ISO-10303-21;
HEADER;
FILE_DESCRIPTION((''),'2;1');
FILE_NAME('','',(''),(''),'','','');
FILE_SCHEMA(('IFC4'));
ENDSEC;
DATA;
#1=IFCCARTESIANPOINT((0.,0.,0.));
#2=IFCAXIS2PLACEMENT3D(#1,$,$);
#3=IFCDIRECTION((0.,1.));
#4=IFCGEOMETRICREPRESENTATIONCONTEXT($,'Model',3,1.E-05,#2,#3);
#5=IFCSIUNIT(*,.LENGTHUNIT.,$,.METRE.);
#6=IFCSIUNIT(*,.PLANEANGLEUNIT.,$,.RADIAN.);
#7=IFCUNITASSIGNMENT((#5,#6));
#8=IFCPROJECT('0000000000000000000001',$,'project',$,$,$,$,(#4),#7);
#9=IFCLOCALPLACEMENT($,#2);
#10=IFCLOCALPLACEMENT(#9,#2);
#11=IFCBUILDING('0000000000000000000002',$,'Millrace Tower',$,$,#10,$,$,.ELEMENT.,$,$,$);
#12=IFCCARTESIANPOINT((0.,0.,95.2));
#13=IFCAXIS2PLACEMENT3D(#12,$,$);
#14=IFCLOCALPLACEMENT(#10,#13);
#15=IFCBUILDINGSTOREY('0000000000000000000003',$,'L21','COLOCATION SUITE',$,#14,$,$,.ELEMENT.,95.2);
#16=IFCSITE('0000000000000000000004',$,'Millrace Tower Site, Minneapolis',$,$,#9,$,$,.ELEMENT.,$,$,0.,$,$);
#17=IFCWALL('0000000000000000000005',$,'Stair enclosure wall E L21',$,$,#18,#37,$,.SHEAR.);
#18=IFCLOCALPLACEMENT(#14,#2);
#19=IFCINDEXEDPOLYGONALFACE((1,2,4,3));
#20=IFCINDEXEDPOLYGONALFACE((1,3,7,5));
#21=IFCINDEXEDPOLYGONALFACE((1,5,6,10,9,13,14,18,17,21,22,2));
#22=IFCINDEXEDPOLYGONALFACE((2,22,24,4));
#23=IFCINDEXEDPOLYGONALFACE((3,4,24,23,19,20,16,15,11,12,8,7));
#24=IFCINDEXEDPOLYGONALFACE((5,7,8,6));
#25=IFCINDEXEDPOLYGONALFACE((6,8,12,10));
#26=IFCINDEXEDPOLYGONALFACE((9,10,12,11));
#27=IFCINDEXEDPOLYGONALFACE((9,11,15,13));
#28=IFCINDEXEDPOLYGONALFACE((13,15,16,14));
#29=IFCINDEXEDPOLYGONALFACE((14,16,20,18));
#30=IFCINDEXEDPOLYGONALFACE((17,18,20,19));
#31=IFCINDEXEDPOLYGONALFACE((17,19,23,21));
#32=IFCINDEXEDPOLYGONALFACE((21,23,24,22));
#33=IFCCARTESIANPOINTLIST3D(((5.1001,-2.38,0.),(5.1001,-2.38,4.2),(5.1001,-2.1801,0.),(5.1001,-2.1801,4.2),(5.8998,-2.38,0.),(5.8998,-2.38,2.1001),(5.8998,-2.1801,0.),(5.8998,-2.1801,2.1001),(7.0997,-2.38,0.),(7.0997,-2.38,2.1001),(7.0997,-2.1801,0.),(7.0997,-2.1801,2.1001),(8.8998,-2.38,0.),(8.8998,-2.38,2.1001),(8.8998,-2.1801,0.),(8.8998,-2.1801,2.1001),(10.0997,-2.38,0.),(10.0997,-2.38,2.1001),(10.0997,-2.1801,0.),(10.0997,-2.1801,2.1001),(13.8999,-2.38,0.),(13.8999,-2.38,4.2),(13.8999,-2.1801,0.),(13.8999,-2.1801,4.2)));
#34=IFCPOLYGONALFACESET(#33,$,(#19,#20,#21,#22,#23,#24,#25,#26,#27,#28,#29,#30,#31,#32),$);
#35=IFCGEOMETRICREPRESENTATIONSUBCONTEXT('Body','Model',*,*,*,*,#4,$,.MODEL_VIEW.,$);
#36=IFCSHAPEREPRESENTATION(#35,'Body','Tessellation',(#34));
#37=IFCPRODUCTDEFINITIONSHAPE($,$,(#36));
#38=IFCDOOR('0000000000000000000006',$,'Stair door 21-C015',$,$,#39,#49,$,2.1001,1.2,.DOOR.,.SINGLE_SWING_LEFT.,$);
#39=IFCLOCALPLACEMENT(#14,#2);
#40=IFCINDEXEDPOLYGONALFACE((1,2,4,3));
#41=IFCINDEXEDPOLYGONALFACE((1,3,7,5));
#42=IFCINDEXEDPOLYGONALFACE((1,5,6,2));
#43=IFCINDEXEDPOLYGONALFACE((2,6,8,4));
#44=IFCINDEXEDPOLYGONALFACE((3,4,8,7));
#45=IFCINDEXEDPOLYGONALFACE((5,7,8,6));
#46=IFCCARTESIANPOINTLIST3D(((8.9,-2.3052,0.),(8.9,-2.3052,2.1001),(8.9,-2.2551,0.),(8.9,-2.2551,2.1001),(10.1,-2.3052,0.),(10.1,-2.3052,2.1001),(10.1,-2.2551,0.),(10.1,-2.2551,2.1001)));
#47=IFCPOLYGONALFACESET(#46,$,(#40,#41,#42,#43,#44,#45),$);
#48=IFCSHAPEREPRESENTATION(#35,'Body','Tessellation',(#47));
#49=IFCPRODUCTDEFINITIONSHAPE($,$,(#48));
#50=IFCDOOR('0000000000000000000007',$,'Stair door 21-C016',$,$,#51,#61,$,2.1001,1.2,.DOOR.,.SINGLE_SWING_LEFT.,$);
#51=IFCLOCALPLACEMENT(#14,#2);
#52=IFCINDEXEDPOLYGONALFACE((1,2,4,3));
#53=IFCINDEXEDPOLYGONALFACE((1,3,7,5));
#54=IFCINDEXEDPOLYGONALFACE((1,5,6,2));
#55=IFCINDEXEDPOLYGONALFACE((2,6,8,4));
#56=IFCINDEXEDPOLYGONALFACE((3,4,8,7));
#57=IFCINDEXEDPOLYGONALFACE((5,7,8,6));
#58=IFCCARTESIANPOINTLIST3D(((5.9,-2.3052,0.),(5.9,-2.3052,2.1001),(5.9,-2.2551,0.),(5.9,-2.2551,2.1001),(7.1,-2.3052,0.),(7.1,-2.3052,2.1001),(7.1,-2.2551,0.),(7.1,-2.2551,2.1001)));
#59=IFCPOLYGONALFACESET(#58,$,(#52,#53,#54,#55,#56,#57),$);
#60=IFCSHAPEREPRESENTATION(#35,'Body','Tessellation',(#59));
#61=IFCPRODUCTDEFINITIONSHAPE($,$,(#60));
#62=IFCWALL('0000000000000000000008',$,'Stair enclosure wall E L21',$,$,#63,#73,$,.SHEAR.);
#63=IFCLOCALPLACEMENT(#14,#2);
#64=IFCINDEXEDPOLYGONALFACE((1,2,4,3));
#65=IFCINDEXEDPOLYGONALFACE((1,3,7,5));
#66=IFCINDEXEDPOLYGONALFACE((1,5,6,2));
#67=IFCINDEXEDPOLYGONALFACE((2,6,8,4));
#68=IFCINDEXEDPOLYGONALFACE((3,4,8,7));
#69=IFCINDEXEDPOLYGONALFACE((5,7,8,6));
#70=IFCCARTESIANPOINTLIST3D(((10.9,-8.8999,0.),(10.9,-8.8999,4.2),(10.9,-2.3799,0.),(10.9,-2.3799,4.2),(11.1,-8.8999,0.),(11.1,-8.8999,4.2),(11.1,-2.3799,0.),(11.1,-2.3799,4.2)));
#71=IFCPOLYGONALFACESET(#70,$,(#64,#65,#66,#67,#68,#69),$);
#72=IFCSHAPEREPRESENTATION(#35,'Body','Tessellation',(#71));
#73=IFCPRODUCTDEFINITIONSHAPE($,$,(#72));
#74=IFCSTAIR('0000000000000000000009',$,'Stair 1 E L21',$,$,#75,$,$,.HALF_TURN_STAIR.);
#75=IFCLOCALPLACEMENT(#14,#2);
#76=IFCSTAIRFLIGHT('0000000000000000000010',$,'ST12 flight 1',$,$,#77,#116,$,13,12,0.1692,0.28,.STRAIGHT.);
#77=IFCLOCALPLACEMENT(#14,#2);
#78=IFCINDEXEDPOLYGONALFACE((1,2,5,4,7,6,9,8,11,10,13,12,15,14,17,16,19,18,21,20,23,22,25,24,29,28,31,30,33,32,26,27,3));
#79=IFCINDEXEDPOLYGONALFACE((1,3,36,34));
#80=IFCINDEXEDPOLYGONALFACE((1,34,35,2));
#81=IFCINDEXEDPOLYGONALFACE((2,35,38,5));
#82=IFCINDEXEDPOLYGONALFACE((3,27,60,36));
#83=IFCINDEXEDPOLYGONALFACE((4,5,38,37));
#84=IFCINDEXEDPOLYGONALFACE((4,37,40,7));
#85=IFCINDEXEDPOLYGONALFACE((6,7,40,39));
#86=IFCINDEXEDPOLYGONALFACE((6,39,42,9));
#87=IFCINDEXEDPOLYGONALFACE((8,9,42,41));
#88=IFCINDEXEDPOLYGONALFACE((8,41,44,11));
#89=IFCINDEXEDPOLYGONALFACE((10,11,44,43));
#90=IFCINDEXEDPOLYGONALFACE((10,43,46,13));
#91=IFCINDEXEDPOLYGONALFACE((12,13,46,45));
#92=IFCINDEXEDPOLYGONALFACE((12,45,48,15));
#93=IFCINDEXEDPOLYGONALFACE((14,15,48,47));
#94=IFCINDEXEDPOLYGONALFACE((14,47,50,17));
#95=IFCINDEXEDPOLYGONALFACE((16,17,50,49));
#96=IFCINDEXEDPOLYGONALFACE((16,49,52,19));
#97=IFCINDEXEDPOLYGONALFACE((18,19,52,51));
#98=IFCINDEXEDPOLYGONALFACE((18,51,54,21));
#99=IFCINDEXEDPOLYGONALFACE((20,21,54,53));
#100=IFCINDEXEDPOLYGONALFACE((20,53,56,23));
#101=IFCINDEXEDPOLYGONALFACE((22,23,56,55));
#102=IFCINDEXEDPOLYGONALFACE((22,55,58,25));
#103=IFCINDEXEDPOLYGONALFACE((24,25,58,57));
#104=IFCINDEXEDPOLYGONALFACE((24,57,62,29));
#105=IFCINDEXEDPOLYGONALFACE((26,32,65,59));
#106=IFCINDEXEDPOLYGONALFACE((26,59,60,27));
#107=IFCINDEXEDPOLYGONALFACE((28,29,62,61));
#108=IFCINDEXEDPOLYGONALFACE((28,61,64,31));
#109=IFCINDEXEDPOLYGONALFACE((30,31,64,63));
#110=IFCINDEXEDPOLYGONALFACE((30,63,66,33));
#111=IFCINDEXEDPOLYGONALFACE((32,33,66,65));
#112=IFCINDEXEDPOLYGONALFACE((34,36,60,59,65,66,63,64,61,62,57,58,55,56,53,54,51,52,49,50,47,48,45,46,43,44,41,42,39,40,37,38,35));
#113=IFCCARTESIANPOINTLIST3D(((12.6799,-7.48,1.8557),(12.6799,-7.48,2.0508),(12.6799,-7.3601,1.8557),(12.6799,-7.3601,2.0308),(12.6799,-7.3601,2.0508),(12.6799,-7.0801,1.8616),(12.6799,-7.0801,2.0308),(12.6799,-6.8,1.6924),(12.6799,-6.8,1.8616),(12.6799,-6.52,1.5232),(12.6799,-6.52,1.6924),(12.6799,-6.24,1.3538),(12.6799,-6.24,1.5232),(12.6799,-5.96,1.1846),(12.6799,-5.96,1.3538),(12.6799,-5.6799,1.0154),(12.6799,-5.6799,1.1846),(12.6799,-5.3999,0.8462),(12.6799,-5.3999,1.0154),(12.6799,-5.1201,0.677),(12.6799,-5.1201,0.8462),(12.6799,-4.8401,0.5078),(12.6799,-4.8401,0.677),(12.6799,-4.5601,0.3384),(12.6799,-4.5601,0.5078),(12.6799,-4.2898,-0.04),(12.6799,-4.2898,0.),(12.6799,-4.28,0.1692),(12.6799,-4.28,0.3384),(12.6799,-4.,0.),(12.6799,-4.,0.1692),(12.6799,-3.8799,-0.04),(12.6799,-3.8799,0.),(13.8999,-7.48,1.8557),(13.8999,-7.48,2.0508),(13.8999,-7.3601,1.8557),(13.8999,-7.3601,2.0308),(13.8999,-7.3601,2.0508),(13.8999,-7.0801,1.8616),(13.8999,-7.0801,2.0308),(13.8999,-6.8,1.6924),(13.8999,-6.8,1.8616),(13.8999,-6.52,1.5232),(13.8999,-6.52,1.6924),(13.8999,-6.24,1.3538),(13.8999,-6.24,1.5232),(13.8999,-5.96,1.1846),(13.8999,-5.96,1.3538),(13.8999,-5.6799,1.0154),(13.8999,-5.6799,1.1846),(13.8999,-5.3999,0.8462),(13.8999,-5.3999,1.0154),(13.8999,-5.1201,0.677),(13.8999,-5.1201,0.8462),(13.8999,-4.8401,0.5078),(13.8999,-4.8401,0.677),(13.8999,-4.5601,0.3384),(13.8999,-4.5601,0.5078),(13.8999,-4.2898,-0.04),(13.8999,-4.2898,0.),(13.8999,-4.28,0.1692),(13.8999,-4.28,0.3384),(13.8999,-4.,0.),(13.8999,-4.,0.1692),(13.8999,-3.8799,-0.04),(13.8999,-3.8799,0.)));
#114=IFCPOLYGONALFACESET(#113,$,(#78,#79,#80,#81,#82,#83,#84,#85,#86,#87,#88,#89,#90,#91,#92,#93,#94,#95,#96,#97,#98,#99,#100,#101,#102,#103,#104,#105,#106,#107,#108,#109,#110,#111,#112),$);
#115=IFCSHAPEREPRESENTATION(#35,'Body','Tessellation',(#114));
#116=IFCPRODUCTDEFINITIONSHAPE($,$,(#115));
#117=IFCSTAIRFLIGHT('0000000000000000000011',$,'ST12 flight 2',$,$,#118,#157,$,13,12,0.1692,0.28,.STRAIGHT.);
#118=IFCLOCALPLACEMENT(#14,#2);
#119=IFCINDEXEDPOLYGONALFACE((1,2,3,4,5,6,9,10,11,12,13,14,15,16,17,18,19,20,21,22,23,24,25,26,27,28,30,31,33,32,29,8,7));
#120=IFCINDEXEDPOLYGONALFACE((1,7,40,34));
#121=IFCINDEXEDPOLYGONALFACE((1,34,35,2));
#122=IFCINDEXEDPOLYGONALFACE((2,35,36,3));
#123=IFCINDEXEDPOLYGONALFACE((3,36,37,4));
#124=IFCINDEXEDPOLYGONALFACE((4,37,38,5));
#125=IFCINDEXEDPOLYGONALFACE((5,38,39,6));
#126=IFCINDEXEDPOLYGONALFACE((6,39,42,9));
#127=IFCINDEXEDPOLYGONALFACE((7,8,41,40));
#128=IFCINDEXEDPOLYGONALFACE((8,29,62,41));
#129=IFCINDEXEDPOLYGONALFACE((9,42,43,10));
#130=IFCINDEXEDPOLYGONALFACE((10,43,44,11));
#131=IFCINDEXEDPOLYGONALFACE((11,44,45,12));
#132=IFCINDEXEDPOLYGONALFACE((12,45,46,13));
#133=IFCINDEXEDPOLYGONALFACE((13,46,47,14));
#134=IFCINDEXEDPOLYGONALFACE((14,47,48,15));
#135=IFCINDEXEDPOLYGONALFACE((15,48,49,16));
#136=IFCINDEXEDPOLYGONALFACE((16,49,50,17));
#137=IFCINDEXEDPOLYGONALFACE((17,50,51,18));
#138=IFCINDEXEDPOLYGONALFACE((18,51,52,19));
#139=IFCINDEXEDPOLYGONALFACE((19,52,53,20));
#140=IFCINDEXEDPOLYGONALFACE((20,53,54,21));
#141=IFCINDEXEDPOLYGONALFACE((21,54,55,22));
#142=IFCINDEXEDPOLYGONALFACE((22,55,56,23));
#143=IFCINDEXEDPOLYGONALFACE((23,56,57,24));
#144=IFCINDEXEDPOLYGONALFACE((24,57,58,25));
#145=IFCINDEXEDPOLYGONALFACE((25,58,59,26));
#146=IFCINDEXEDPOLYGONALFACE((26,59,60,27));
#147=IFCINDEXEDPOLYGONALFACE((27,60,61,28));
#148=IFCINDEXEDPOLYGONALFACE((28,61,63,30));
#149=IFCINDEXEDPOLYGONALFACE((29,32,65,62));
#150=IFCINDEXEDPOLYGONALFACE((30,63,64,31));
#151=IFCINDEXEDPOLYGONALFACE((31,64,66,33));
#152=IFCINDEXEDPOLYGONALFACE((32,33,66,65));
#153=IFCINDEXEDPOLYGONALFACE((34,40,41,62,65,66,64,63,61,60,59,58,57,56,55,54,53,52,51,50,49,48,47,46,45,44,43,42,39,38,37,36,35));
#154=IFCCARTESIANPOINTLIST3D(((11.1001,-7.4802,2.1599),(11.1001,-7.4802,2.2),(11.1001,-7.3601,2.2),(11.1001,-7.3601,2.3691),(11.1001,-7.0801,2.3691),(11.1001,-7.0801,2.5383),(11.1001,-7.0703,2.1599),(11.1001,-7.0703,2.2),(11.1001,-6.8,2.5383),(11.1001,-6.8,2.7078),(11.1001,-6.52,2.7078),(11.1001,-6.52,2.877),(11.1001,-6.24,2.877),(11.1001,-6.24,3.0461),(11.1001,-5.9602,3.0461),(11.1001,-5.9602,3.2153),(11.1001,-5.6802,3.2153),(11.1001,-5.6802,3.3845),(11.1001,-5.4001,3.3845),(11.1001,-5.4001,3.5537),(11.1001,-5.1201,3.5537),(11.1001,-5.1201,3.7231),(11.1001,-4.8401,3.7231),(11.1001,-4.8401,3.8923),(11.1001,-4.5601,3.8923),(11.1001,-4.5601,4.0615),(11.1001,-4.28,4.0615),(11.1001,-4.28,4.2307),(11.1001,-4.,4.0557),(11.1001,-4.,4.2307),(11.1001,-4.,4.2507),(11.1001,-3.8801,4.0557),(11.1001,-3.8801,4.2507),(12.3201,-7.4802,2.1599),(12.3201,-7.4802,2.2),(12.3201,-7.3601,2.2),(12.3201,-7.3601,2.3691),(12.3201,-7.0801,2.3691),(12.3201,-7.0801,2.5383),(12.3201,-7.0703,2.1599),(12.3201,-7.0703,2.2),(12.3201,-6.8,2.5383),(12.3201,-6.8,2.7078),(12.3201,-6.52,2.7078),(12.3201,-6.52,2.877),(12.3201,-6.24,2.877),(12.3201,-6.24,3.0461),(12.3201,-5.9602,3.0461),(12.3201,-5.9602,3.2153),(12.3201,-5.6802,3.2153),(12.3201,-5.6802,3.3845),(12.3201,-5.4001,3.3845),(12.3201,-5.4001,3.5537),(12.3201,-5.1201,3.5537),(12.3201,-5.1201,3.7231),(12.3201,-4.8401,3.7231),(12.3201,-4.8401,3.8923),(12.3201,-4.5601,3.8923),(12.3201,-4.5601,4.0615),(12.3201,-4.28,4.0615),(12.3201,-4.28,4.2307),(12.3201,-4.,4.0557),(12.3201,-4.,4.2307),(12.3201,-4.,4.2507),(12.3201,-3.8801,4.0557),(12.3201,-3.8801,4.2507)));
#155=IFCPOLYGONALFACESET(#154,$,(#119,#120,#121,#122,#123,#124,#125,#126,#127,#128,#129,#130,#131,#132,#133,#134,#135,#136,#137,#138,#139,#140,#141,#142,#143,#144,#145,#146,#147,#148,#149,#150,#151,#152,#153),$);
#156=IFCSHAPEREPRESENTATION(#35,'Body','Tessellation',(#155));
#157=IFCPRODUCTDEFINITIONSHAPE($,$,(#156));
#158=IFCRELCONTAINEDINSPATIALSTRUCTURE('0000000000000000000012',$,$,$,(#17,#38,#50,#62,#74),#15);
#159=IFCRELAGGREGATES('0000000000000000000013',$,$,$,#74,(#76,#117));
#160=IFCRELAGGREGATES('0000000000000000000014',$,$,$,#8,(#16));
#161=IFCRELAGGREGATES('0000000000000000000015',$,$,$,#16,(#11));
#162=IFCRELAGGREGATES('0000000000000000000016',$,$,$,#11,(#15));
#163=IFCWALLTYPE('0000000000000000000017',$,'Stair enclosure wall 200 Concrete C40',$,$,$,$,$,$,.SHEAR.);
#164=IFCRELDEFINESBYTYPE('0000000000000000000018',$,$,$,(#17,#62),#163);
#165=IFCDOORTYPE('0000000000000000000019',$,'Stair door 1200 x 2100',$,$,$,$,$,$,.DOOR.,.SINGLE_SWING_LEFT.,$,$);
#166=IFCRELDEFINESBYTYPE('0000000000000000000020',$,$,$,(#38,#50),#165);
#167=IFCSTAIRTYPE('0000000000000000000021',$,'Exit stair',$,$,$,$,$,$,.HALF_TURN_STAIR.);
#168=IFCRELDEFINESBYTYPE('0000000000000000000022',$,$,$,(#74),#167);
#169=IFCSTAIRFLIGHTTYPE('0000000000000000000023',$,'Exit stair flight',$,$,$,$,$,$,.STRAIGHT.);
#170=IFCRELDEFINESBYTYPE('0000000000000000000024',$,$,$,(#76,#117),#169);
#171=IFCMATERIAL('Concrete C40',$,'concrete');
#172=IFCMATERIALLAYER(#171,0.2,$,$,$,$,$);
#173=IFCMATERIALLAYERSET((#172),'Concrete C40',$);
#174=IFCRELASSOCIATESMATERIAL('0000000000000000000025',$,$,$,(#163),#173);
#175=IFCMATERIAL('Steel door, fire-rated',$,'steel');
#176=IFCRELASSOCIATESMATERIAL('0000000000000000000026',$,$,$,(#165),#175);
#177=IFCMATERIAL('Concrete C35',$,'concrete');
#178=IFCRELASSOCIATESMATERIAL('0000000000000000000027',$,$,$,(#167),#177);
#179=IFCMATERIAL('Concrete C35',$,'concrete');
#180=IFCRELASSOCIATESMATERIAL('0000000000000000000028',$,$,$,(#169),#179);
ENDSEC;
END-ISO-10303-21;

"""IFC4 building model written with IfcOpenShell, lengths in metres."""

from ifc_helpers import new_model, si_unit, direction, frame, frame_2d, origin, place, context, subcontext, project, spatial, polyline, rectangle, outline, extrude, material, layer, layer_set, type_object, element, fill, aggregate, save


model = new_model("IFC4")

# Units and contexts
model_context = context("Model", 3, precision=1e-05, world=origin(), true_north=direction((0.0, 1.0)))
body_context = subcontext(model_context, "Body", "Model", "MODEL_VIEW")
ifc_project = project(units=[si_unit("LENGTHUNIT", "METRE"), si_unit("PLANEANGLEUNIT", "RADIAN")], contexts=[model_context])

# Site, building, storey
site_placement = place(None, origin())
site = spatial("IfcSite", under=ifc_project, at=site_placement, Name="Millrace Tower Site, Minneapolis", CompositionType="ELEMENT", RefElevation=0.0)
building_placement = place(site_placement, origin())
building = spatial("IfcBuilding", under=site, at=building_placement, Name="Millrace Tower", CompositionType="ELEMENT")
storey_placement = place(building_placement, frame((0.0, 0.0, 95.2)))
storey = spatial("IfcBuildingStorey", under=building, at=storey_placement, Name="L21", Description="COLOCATION SUITE", CompositionType="ELEMENT", Elevation=95.2)

# Shared definitions
placement = place(storey_placement, origin())

# Shared definitions
ifc_material_1 = material(Name="Concrete C40", Category="concrete")
ifc_layer_1 = layer(ifc_material_1, 0.2)
ifc_layer_set_1 = layer_set([ifc_layer_1], Name="Concrete C40")
wall_type_1 = type_object("IfcWallType", Name="Stair enclosure wall 200 Concrete C40", PredefinedType="SHEAR", material=ifc_layer_set_1)

# Wall, openings, doors
wall_1_placement = place(storey_placement, frame((13.8999, -2.28, 0.0), z_axis=(0.0, 0.0, 1.0), x_axis=(-1.0, 0.0, 0.0)))
wall_1 = element("IfcWall", 1, at=wall_1_placement, inside=storey, type_object=wall_type_1, Name="Stair enclosure wall E L21", PredefinedType="SHEAR", context=body_context, shape_type="SweptSolid", body=[
    extrude(rectangle(XDim=8.7998, YDim=0.2, at=frame_2d((4.3999, 0.0))), origin(), (0.0, 0.0, 1.0), 4.2),
])
opening_1_placement = place(wall_1_placement, frame((3.8, 0.0, 0.0)))
opening_1 = element("IfcOpeningElement", 2, at=opening_1_placement, cuts=wall_1, PredefinedType="OPENING", context=body_context, shape_type="SweptSolid", body=[
    extrude(rectangle(XDim=1.2, YDim=2.1001, at=frame_2d((0.6001, 1.05))), frame((0.0, 0.1099, 0.0), z_axis=(0.0, -1.0, 0.0), x_axis=(1.0, 0.0, 0.0)), (0.0, 0.0, 1.0), 0.22),
])
opening_2_placement = place(wall_1_placement, frame((6.8, 0.0, 0.0)))
opening_2 = element("IfcOpeningElement", 3, at=opening_2_placement, cuts=wall_1, PredefinedType="OPENING", context=body_context, shape_type="SweptSolid", body=[
    extrude(rectangle(XDim=1.2, YDim=2.1001, at=frame_2d((0.6001, 1.05))), frame((0.0, 0.1099, 0.0), z_axis=(0.0, -1.0, 0.0), x_axis=(1.0, 0.0, 0.0)), (0.0, 0.0, 1.0), 0.22),
])
ifc_material_2 = material(Name="Steel door, fire-rated", Category="steel")
door_type_1 = type_object("IfcDoorType", Name="Stair door 1200 x 2100", OperationType="SINGLE_SWING_LEFT", PredefinedType="DOOR", material=ifc_material_2)
door_1_placement = place(opening_1_placement, frame((1.2, 0.0, 0.0), z_axis=(0.0, 0.0, 1.0), x_axis=(-1.0, 0.0, 0.0)))
door_1 = element("IfcDoor", 4, at=door_1_placement, inside=storey, type_object=door_type_1, Name="Stair door 21-C015", OperationType="SINGLE_SWING_LEFT", OverallHeight=2.1001, OverallWidth=1.2, PredefinedType="DOOR", context=body_context, shape_type="SweptSolid", body=[
    extrude(rectangle(XDim=1.2, YDim=2.1001, at=frame_2d((0.6001, 1.05))), frame((0.0, 0.0249, 0.0), z_axis=(0.0, -1.0, 0.0), x_axis=(1.0, 0.0, 0.0)), (0.0, 0.0, 1.0), 0.05),
])
fill(opening_1, door_1)
door_2_placement = place(opening_2_placement, frame((1.2, 0.0, 0.0), z_axis=(0.0, 0.0, 1.0), x_axis=(-1.0, 0.0, 0.0)))
door_2 = element("IfcDoor", 5, at=door_2_placement, inside=storey, type_object=door_type_1, Name="Stair door 21-C016", OperationType="SINGLE_SWING_LEFT", OverallHeight=2.1001, OverallWidth=1.2, PredefinedType="DOOR", context=body_context, shape_type="SweptSolid", body=[
    extrude(rectangle(XDim=1.2, YDim=2.1001, at=frame_2d((0.6001, 1.05))), frame((0.0, 0.0249, 0.0), z_axis=(0.0, -1.0, 0.0), x_axis=(1.0, 0.0, 0.0)), (0.0, 0.0, 1.0), 0.05),
])
fill(opening_2, door_2)

# Wall
wall_2_placement = place(storey_placement, frame((11.0, -2.3799, 0.0), z_axis=(0.0, 0.0, 1.0), x_axis=(0.0, -1.0, 0.0)))
element("IfcWall", 6, at=wall_2_placement, inside=storey, type_object=wall_type_1, Name="Stair enclosure wall E L21", PredefinedType="SHEAR", context=body_context, shape_type="SweptSolid", body=[
    extrude(rectangle(XDim=6.52, YDim=0.2, at=frame_2d((3.26, 0.0))), origin(), (0.0, 0.0, 1.0), 4.2),
])

# Stair, stair flights
ifc_material_3 = material(Name="Concrete C35", Category="concrete")
stair_type = type_object("IfcStairType", Name="Exit stair", PredefinedType="HALF_TURN_STAIR", material=ifc_material_3)
stair = element("IfcStair", 7, at=placement, inside=storey, type_object=stair_type, Name="Stair 1 E L21", PredefinedType="HALF_TURN_STAIR")
ifc_material_4 = material(Name="Concrete C35", Category="concrete")
stair_flight_type = type_object("IfcStairFlightType", Name="Exit stair flight", PredefinedType="STRAIGHT", material=ifc_material_4)
stair_flight_1_placement = place(storey_placement, frame((13.29, -4.0, 0.0), z_axis=(0.0, 0.0, 1.0), x_axis=(0.0, -1.0, 0.0)))
stair_flight_1 = element("IfcStairFlight", 8, at=stair_flight_1_placement, type_object=stair_flight_type, Name="ST12 flight 1", NumberOfRisers=13, NumberOfTreads=12, PredefinedType="STRAIGHT", RiserHeight=0.1692, TreadLength=0.28, context=body_context, shape_type="SweptSolid", body=[
    extrude(outline(polyline([(-0.1201, -0.04), (-0.1201, 0.0), (0.0, 0.0), (0.0, 0.1692), (0.28, 0.1692), (0.28, 0.3384), (0.5601, 0.3384), (0.5601, 0.5078), (0.8401, 0.5078), (0.8401, 0.677), (1.1201, 0.677), (1.1201, 0.8462), (1.3999, 0.8462), (1.3999, 1.0154), (1.6799, 1.0154), (1.6799, 1.1846), (1.96, 1.1846), (1.96, 1.3538), (2.24, 1.3538), (2.24, 1.5232), (2.52, 1.5232), (2.52, 1.6924), (2.8, 1.6924), (2.8, 1.8616), (3.0801, 1.8616), (3.0801, 2.0308), (3.3601, 2.0308), (3.3601, 2.0508), (3.48, 2.0508), (3.48, 1.8557), (3.3601, 1.8557), (0.2898, 0.0), (0.2898, -0.04), (-0.1201, -0.04)])), frame((0.0, 0.6099, 0.0), z_axis=(0.0, -1.0, 0.0), x_axis=(1.0, 0.0, 0.0)), (0.0, 0.0, 1.0), 1.22),
])
stair_flight_2_placement = place(storey_placement, frame((11.71, -7.3601, 2.2), z_axis=(0.0, 0.0, 1.0), x_axis=(0.0, 1.0, 0.0)))
stair_flight_2 = element("IfcStairFlight", 9, at=stair_flight_2_placement, type_object=stair_flight_type, Name="ST12 flight 2", NumberOfRisers=13, NumberOfTreads=12, PredefinedType="STRAIGHT", RiserHeight=0.1692, TreadLength=0.28, context=body_context, shape_type="SweptSolid", body=[
    extrude(outline(polyline([(-0.1201, -0.04), (-0.1201, 0.0), (0.0, 0.0), (0.0, 0.1692), (0.28, 0.1692), (0.28, 0.3384), (0.5601, 0.3384), (0.5601, 0.5078), (0.8401, 0.5078), (0.8401, 0.677), (1.1201, 0.677), (1.1201, 0.8462), (1.3999, 0.8462), (1.3999, 1.0154), (1.6799, 1.0154), (1.6799, 1.1846), (1.96, 1.1846), (1.96, 1.3538), (2.24, 1.3538), (2.24, 1.5232), (2.52, 1.5232), (2.52, 1.6924), (2.8, 1.6924), (2.8, 1.8616), (3.0801, 1.8616), (3.0801, 2.0308), (3.3601, 2.0308), (3.3601, 2.0508), (3.48, 2.0508), (3.48, 1.8557), (3.3601, 1.8557), (0.2898, 0.0), (0.2898, -0.04), (-0.1201, -0.04)])), frame((0.0, 0.6099, 0.0), z_axis=(0.0, -1.0, 0.0), x_axis=(1.0, 0.0, 0.0)), (0.0, 0.0, 1.0), 1.22),
])
aggregate(stair, [stair_flight_1, stair_flight_2])

save(model, "model.ifc")
